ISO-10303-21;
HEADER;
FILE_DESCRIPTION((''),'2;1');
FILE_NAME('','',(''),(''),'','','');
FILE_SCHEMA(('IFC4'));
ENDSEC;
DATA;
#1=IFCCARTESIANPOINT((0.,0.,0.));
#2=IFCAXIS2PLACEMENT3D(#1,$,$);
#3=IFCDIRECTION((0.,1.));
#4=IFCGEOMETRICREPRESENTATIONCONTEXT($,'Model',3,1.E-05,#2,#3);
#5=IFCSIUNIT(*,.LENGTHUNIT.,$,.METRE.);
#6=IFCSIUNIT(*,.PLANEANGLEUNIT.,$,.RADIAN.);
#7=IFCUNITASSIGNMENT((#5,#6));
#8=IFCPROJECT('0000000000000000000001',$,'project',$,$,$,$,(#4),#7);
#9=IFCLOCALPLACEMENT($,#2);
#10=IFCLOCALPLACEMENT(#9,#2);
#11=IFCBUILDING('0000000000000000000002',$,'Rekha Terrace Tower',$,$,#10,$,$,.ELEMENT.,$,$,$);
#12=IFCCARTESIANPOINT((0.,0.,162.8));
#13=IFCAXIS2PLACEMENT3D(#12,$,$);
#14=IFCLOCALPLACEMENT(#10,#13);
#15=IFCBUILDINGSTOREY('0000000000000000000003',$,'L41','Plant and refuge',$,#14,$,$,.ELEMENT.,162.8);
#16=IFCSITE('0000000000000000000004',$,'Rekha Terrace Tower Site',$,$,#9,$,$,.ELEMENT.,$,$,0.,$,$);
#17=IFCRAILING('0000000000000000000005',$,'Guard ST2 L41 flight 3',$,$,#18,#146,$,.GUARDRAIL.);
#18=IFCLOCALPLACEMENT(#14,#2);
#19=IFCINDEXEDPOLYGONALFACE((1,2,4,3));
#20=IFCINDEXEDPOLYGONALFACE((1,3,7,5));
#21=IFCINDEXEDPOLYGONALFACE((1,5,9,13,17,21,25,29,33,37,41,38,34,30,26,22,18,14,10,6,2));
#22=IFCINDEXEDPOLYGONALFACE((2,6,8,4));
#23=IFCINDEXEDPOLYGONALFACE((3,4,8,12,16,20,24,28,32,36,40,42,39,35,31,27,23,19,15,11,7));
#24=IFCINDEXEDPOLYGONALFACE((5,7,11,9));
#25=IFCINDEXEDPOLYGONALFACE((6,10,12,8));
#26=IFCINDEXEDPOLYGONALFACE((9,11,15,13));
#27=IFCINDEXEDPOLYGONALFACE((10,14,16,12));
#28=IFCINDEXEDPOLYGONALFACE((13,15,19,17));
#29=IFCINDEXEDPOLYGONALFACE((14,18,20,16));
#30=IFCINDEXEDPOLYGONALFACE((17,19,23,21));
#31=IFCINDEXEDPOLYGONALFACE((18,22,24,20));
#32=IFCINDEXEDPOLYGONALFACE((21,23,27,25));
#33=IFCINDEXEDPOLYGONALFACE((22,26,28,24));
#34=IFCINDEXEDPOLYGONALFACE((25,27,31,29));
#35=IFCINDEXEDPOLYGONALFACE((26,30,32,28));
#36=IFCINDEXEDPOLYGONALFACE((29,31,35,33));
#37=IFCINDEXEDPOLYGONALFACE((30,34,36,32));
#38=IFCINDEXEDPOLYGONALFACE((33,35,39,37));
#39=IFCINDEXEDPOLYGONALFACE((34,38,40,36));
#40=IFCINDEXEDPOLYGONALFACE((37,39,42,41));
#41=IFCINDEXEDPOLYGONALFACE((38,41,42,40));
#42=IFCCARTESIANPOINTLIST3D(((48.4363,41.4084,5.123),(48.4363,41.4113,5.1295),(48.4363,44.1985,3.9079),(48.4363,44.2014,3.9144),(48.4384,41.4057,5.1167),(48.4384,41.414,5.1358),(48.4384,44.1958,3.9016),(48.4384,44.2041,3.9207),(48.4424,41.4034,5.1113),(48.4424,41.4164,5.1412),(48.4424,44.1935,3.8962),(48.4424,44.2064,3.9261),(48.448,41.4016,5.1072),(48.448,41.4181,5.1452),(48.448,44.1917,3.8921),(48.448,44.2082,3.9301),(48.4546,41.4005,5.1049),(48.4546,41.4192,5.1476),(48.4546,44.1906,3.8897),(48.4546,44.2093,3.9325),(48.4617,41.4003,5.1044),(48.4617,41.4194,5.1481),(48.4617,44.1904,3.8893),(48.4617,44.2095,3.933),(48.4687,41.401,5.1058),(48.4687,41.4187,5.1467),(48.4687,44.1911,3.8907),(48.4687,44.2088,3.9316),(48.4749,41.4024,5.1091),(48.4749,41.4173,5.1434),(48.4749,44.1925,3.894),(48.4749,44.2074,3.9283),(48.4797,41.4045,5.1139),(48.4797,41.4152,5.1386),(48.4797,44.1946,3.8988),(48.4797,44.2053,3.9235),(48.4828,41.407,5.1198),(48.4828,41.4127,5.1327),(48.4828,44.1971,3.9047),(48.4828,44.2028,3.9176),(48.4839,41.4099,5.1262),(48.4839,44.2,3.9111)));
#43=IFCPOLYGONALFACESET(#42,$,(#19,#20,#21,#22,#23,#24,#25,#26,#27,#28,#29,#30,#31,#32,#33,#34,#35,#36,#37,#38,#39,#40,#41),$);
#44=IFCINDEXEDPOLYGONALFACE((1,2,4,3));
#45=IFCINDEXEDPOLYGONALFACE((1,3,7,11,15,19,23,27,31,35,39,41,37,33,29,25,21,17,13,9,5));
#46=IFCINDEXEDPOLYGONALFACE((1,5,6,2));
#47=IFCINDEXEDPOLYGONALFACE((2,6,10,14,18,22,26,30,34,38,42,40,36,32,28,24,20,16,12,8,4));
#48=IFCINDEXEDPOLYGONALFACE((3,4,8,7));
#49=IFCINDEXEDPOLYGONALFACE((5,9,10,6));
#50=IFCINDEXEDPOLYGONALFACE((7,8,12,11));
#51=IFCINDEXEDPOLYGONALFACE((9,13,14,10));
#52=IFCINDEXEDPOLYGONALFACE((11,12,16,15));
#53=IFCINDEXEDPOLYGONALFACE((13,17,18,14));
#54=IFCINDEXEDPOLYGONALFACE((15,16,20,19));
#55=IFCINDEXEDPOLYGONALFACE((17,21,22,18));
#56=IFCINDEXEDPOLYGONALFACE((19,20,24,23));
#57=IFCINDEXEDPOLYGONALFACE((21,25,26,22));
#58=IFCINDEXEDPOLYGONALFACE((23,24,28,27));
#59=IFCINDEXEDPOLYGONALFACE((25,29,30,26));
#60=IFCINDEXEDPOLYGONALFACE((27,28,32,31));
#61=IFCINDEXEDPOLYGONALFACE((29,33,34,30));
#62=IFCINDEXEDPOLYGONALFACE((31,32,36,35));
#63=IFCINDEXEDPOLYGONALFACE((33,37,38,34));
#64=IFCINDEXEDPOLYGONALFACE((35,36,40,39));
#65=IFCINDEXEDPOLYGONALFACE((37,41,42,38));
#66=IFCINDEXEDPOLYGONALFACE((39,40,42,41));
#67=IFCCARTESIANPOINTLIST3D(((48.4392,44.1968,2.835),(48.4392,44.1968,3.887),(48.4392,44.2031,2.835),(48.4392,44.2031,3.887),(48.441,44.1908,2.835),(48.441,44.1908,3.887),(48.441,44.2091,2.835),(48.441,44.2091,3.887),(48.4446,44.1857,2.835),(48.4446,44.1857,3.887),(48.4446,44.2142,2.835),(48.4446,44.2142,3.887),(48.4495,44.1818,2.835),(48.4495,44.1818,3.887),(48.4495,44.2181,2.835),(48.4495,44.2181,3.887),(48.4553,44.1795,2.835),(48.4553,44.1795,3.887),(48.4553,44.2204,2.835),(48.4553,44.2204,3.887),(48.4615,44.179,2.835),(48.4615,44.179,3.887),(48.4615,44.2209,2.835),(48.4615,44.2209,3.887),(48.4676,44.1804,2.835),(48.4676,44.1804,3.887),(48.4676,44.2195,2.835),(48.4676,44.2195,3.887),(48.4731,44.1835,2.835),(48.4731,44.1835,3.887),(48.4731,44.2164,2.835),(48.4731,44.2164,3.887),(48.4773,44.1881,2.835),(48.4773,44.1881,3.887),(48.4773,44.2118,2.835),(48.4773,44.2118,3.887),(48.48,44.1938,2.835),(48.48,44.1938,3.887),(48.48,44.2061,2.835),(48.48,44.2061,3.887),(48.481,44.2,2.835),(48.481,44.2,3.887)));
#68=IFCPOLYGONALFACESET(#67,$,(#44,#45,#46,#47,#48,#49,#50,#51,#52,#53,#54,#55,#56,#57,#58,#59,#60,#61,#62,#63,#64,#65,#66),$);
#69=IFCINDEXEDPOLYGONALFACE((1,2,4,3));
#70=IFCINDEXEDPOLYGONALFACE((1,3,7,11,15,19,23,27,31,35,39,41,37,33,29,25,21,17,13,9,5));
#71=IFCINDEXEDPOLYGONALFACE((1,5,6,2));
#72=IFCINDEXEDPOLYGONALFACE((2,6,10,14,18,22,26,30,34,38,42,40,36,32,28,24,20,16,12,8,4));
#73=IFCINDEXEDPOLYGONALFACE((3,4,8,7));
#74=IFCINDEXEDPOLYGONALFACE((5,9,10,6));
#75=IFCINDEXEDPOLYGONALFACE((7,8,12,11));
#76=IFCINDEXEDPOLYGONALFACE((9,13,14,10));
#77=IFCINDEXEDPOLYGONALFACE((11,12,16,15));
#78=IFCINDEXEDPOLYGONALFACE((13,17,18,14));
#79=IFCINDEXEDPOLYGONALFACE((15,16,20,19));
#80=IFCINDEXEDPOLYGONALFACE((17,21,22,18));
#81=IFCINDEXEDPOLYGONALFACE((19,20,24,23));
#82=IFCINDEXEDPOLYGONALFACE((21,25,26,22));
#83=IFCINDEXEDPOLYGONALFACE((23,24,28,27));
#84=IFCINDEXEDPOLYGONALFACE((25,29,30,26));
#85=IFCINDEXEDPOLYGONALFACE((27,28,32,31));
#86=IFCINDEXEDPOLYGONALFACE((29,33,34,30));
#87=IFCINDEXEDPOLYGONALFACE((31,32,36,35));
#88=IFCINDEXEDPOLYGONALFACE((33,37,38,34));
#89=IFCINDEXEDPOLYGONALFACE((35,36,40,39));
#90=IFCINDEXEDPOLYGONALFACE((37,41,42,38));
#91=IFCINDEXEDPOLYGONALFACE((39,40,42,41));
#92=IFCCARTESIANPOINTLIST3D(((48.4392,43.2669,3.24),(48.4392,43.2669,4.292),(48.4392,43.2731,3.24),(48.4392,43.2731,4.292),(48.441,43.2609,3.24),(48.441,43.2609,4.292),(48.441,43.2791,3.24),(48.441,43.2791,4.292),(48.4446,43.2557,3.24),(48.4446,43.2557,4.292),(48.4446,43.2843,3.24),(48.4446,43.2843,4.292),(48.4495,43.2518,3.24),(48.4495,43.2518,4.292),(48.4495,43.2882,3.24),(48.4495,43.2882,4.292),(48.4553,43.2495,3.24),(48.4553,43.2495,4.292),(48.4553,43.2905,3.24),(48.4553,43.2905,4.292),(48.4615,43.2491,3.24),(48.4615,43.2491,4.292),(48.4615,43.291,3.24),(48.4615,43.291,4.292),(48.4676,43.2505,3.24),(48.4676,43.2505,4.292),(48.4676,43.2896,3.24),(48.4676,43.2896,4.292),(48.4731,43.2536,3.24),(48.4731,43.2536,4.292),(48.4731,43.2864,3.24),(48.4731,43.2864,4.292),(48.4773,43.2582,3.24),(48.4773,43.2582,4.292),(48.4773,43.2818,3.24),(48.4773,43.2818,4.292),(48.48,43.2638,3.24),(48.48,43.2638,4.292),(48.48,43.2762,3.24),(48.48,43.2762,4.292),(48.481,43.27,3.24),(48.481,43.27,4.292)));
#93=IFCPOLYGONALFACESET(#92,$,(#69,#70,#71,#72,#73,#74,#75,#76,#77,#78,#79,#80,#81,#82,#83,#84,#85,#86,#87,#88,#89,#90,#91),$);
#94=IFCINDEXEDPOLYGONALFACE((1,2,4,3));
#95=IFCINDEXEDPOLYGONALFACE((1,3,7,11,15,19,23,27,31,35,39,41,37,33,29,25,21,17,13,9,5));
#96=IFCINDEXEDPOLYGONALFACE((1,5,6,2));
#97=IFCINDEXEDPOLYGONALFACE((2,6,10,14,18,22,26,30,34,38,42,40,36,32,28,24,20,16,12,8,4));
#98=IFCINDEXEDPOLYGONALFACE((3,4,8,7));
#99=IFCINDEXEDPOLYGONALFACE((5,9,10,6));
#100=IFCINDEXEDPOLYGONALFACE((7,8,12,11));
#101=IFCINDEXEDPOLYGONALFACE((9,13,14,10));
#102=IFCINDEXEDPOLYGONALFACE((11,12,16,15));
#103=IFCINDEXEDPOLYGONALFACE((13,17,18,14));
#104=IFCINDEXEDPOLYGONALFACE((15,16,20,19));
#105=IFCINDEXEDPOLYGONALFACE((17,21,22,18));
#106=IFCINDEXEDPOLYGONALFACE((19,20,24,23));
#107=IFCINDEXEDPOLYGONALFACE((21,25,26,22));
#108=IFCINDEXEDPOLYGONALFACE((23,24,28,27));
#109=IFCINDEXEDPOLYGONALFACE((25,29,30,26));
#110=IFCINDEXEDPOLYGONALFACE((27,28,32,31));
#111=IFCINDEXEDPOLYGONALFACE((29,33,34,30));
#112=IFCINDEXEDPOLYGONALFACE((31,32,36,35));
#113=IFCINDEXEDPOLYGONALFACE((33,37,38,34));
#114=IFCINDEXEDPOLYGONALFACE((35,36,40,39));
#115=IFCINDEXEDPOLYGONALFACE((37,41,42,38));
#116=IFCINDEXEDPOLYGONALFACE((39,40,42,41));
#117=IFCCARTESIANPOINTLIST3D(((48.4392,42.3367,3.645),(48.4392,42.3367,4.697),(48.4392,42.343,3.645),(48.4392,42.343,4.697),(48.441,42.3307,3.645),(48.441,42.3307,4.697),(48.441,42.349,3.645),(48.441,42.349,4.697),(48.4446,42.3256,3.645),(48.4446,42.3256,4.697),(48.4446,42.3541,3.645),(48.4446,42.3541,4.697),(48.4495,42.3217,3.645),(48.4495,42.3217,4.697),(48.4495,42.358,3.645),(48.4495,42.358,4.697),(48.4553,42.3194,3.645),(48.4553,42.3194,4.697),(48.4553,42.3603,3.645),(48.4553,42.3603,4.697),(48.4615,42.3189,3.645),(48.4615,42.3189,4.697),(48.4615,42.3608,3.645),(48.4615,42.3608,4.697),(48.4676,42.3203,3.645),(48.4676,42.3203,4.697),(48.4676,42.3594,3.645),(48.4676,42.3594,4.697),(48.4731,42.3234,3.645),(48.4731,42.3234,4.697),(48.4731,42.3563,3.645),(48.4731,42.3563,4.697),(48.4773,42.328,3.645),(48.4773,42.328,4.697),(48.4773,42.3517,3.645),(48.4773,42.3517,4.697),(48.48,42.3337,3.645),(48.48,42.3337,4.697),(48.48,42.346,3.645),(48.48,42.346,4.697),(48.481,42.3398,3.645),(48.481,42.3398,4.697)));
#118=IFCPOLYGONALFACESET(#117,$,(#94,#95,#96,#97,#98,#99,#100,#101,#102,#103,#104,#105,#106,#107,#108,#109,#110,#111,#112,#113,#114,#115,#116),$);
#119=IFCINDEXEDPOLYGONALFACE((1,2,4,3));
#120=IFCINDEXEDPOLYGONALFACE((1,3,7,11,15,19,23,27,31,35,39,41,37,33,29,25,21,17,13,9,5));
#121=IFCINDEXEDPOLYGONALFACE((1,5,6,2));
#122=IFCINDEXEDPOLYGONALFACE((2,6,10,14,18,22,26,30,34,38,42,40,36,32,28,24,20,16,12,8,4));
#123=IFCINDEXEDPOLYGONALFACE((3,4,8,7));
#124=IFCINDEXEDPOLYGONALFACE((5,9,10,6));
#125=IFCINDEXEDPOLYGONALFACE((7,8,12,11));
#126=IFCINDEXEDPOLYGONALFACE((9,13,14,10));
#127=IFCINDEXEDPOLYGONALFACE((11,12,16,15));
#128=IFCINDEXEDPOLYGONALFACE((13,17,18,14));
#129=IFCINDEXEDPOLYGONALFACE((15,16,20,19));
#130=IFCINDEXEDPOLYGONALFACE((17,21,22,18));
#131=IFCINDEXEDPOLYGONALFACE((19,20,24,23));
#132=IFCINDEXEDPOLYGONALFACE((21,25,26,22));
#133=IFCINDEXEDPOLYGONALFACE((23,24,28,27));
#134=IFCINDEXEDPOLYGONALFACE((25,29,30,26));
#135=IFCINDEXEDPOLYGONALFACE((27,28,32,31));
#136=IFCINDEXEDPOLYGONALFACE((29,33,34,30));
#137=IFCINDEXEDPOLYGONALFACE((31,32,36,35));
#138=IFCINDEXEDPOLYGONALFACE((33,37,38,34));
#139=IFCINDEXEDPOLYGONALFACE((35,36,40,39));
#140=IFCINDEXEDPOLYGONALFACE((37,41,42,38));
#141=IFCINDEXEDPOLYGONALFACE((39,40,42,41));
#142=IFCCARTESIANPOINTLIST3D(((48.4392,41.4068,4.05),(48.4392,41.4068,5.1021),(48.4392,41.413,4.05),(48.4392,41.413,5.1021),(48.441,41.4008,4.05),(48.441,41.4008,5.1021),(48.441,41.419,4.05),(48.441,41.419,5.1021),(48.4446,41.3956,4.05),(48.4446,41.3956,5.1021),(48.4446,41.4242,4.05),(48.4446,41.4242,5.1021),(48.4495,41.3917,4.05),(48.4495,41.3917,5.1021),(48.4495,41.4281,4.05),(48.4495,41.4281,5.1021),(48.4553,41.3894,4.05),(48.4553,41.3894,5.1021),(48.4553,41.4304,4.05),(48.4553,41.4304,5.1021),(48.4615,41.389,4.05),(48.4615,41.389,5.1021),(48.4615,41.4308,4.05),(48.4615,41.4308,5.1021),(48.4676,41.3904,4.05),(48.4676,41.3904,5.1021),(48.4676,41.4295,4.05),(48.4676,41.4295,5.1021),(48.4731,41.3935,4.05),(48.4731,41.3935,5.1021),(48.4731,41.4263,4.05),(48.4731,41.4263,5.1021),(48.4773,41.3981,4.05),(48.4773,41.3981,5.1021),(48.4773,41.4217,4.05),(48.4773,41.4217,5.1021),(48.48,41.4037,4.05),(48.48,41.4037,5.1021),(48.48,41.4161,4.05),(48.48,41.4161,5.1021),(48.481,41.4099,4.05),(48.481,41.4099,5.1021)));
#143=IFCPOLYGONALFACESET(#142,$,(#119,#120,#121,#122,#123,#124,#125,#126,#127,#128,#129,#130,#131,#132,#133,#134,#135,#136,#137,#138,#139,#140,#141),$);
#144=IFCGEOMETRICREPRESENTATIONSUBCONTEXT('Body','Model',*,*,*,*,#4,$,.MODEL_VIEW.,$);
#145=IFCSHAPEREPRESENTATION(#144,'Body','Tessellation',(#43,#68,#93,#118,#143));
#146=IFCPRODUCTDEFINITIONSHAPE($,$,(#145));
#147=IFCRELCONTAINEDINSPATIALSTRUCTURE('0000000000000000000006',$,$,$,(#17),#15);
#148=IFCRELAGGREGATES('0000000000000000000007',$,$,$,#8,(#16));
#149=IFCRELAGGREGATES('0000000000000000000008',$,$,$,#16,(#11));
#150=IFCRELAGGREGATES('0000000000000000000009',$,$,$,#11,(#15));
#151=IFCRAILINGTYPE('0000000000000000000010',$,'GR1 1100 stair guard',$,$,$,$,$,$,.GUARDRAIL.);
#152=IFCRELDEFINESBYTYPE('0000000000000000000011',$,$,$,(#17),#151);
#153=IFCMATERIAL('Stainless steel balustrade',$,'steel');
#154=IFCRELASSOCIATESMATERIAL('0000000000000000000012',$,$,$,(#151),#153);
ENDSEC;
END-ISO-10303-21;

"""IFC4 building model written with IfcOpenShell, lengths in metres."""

from ifc_helpers import new_model, si_unit, direction, frame, origin, origin_2d, place, context, subcontext, project, spatial, circle, extrude, material, type_object, element, save


model = new_model("IFC4")

# Units and contexts
model_context = context("Model", 3, precision=1e-05, world=origin(), true_north=direction((0.0, 1.0)))
body_context = subcontext(model_context, "Body", "Model", "MODEL_VIEW")
ifc_project = project(units=[si_unit("LENGTHUNIT", "METRE"), si_unit("PLANEANGLEUNIT", "RADIAN")], contexts=[model_context])

# Site, building, storey
site_placement = place(None, origin())
site = spatial("IfcSite", under=ifc_project, at=site_placement, Name="Rekha Terrace Tower Site", CompositionType="ELEMENT", RefElevation=0.0)
building_placement = place(site_placement, origin())
building = spatial("IfcBuilding", under=site, at=building_placement, Name="Rekha Terrace Tower", CompositionType="ELEMENT")
storey_placement = place(building_placement, frame((0.0, 0.0, 162.8)))
storey = spatial("IfcBuildingStorey", under=building, at=storey_placement, Name="L41", Description="Plant and refuge", CompositionType="ELEMENT", Elevation=162.8)

# Railing
ifc_material_1 = material(Name="Stainless steel balustrade", Category="steel")
railing_type_1 = type_object("IfcRailingType", Name="GR1 1100 stair guard", PredefinedType="GUARDRAIL", material=ifc_material_1)
railing_1_placement = place(storey_placement, frame((48.46, 44.2, 2.835)))
element("IfcRailing", 1, at=railing_1_placement, inside=storey, type_object=railing_type_1, Name="Guard ST2 L41 flight 3", PredefinedType="GUARDRAIL", context=body_context, shape_type="SweptSolid", body=[
    extrude(circle(Radius=0.0239, at=origin_2d()), frame((0.0, 0.0, 1.0762), z_axis=(0.0, -0.916826, 0.399286), x_axis=(1.0, 0.0, 0.0)), (0.0, 0.0, 1.0), 3.0432),
    extrude(circle(Radius=0.021, at=origin_2d()), origin(), (0.0, 0.0, 1.0), 1.052),
    extrude(circle(Radius=0.021, at=origin_2d()), frame((0.0, -0.9299, 0.405)), (0.0, 0.0, 1.0), 1.052),
    extrude(circle(Radius=0.021, at=origin_2d()), frame((0.0, -1.8601, 0.8101)), (0.0, 0.0, 1.0), 1.052),
    extrude(circle(Radius=0.021, at=origin_2d()), frame((0.0, -2.79, 1.2151)), (0.0, 0.0, 1.0), 1.052),
])

save(model, "model.ifc")
